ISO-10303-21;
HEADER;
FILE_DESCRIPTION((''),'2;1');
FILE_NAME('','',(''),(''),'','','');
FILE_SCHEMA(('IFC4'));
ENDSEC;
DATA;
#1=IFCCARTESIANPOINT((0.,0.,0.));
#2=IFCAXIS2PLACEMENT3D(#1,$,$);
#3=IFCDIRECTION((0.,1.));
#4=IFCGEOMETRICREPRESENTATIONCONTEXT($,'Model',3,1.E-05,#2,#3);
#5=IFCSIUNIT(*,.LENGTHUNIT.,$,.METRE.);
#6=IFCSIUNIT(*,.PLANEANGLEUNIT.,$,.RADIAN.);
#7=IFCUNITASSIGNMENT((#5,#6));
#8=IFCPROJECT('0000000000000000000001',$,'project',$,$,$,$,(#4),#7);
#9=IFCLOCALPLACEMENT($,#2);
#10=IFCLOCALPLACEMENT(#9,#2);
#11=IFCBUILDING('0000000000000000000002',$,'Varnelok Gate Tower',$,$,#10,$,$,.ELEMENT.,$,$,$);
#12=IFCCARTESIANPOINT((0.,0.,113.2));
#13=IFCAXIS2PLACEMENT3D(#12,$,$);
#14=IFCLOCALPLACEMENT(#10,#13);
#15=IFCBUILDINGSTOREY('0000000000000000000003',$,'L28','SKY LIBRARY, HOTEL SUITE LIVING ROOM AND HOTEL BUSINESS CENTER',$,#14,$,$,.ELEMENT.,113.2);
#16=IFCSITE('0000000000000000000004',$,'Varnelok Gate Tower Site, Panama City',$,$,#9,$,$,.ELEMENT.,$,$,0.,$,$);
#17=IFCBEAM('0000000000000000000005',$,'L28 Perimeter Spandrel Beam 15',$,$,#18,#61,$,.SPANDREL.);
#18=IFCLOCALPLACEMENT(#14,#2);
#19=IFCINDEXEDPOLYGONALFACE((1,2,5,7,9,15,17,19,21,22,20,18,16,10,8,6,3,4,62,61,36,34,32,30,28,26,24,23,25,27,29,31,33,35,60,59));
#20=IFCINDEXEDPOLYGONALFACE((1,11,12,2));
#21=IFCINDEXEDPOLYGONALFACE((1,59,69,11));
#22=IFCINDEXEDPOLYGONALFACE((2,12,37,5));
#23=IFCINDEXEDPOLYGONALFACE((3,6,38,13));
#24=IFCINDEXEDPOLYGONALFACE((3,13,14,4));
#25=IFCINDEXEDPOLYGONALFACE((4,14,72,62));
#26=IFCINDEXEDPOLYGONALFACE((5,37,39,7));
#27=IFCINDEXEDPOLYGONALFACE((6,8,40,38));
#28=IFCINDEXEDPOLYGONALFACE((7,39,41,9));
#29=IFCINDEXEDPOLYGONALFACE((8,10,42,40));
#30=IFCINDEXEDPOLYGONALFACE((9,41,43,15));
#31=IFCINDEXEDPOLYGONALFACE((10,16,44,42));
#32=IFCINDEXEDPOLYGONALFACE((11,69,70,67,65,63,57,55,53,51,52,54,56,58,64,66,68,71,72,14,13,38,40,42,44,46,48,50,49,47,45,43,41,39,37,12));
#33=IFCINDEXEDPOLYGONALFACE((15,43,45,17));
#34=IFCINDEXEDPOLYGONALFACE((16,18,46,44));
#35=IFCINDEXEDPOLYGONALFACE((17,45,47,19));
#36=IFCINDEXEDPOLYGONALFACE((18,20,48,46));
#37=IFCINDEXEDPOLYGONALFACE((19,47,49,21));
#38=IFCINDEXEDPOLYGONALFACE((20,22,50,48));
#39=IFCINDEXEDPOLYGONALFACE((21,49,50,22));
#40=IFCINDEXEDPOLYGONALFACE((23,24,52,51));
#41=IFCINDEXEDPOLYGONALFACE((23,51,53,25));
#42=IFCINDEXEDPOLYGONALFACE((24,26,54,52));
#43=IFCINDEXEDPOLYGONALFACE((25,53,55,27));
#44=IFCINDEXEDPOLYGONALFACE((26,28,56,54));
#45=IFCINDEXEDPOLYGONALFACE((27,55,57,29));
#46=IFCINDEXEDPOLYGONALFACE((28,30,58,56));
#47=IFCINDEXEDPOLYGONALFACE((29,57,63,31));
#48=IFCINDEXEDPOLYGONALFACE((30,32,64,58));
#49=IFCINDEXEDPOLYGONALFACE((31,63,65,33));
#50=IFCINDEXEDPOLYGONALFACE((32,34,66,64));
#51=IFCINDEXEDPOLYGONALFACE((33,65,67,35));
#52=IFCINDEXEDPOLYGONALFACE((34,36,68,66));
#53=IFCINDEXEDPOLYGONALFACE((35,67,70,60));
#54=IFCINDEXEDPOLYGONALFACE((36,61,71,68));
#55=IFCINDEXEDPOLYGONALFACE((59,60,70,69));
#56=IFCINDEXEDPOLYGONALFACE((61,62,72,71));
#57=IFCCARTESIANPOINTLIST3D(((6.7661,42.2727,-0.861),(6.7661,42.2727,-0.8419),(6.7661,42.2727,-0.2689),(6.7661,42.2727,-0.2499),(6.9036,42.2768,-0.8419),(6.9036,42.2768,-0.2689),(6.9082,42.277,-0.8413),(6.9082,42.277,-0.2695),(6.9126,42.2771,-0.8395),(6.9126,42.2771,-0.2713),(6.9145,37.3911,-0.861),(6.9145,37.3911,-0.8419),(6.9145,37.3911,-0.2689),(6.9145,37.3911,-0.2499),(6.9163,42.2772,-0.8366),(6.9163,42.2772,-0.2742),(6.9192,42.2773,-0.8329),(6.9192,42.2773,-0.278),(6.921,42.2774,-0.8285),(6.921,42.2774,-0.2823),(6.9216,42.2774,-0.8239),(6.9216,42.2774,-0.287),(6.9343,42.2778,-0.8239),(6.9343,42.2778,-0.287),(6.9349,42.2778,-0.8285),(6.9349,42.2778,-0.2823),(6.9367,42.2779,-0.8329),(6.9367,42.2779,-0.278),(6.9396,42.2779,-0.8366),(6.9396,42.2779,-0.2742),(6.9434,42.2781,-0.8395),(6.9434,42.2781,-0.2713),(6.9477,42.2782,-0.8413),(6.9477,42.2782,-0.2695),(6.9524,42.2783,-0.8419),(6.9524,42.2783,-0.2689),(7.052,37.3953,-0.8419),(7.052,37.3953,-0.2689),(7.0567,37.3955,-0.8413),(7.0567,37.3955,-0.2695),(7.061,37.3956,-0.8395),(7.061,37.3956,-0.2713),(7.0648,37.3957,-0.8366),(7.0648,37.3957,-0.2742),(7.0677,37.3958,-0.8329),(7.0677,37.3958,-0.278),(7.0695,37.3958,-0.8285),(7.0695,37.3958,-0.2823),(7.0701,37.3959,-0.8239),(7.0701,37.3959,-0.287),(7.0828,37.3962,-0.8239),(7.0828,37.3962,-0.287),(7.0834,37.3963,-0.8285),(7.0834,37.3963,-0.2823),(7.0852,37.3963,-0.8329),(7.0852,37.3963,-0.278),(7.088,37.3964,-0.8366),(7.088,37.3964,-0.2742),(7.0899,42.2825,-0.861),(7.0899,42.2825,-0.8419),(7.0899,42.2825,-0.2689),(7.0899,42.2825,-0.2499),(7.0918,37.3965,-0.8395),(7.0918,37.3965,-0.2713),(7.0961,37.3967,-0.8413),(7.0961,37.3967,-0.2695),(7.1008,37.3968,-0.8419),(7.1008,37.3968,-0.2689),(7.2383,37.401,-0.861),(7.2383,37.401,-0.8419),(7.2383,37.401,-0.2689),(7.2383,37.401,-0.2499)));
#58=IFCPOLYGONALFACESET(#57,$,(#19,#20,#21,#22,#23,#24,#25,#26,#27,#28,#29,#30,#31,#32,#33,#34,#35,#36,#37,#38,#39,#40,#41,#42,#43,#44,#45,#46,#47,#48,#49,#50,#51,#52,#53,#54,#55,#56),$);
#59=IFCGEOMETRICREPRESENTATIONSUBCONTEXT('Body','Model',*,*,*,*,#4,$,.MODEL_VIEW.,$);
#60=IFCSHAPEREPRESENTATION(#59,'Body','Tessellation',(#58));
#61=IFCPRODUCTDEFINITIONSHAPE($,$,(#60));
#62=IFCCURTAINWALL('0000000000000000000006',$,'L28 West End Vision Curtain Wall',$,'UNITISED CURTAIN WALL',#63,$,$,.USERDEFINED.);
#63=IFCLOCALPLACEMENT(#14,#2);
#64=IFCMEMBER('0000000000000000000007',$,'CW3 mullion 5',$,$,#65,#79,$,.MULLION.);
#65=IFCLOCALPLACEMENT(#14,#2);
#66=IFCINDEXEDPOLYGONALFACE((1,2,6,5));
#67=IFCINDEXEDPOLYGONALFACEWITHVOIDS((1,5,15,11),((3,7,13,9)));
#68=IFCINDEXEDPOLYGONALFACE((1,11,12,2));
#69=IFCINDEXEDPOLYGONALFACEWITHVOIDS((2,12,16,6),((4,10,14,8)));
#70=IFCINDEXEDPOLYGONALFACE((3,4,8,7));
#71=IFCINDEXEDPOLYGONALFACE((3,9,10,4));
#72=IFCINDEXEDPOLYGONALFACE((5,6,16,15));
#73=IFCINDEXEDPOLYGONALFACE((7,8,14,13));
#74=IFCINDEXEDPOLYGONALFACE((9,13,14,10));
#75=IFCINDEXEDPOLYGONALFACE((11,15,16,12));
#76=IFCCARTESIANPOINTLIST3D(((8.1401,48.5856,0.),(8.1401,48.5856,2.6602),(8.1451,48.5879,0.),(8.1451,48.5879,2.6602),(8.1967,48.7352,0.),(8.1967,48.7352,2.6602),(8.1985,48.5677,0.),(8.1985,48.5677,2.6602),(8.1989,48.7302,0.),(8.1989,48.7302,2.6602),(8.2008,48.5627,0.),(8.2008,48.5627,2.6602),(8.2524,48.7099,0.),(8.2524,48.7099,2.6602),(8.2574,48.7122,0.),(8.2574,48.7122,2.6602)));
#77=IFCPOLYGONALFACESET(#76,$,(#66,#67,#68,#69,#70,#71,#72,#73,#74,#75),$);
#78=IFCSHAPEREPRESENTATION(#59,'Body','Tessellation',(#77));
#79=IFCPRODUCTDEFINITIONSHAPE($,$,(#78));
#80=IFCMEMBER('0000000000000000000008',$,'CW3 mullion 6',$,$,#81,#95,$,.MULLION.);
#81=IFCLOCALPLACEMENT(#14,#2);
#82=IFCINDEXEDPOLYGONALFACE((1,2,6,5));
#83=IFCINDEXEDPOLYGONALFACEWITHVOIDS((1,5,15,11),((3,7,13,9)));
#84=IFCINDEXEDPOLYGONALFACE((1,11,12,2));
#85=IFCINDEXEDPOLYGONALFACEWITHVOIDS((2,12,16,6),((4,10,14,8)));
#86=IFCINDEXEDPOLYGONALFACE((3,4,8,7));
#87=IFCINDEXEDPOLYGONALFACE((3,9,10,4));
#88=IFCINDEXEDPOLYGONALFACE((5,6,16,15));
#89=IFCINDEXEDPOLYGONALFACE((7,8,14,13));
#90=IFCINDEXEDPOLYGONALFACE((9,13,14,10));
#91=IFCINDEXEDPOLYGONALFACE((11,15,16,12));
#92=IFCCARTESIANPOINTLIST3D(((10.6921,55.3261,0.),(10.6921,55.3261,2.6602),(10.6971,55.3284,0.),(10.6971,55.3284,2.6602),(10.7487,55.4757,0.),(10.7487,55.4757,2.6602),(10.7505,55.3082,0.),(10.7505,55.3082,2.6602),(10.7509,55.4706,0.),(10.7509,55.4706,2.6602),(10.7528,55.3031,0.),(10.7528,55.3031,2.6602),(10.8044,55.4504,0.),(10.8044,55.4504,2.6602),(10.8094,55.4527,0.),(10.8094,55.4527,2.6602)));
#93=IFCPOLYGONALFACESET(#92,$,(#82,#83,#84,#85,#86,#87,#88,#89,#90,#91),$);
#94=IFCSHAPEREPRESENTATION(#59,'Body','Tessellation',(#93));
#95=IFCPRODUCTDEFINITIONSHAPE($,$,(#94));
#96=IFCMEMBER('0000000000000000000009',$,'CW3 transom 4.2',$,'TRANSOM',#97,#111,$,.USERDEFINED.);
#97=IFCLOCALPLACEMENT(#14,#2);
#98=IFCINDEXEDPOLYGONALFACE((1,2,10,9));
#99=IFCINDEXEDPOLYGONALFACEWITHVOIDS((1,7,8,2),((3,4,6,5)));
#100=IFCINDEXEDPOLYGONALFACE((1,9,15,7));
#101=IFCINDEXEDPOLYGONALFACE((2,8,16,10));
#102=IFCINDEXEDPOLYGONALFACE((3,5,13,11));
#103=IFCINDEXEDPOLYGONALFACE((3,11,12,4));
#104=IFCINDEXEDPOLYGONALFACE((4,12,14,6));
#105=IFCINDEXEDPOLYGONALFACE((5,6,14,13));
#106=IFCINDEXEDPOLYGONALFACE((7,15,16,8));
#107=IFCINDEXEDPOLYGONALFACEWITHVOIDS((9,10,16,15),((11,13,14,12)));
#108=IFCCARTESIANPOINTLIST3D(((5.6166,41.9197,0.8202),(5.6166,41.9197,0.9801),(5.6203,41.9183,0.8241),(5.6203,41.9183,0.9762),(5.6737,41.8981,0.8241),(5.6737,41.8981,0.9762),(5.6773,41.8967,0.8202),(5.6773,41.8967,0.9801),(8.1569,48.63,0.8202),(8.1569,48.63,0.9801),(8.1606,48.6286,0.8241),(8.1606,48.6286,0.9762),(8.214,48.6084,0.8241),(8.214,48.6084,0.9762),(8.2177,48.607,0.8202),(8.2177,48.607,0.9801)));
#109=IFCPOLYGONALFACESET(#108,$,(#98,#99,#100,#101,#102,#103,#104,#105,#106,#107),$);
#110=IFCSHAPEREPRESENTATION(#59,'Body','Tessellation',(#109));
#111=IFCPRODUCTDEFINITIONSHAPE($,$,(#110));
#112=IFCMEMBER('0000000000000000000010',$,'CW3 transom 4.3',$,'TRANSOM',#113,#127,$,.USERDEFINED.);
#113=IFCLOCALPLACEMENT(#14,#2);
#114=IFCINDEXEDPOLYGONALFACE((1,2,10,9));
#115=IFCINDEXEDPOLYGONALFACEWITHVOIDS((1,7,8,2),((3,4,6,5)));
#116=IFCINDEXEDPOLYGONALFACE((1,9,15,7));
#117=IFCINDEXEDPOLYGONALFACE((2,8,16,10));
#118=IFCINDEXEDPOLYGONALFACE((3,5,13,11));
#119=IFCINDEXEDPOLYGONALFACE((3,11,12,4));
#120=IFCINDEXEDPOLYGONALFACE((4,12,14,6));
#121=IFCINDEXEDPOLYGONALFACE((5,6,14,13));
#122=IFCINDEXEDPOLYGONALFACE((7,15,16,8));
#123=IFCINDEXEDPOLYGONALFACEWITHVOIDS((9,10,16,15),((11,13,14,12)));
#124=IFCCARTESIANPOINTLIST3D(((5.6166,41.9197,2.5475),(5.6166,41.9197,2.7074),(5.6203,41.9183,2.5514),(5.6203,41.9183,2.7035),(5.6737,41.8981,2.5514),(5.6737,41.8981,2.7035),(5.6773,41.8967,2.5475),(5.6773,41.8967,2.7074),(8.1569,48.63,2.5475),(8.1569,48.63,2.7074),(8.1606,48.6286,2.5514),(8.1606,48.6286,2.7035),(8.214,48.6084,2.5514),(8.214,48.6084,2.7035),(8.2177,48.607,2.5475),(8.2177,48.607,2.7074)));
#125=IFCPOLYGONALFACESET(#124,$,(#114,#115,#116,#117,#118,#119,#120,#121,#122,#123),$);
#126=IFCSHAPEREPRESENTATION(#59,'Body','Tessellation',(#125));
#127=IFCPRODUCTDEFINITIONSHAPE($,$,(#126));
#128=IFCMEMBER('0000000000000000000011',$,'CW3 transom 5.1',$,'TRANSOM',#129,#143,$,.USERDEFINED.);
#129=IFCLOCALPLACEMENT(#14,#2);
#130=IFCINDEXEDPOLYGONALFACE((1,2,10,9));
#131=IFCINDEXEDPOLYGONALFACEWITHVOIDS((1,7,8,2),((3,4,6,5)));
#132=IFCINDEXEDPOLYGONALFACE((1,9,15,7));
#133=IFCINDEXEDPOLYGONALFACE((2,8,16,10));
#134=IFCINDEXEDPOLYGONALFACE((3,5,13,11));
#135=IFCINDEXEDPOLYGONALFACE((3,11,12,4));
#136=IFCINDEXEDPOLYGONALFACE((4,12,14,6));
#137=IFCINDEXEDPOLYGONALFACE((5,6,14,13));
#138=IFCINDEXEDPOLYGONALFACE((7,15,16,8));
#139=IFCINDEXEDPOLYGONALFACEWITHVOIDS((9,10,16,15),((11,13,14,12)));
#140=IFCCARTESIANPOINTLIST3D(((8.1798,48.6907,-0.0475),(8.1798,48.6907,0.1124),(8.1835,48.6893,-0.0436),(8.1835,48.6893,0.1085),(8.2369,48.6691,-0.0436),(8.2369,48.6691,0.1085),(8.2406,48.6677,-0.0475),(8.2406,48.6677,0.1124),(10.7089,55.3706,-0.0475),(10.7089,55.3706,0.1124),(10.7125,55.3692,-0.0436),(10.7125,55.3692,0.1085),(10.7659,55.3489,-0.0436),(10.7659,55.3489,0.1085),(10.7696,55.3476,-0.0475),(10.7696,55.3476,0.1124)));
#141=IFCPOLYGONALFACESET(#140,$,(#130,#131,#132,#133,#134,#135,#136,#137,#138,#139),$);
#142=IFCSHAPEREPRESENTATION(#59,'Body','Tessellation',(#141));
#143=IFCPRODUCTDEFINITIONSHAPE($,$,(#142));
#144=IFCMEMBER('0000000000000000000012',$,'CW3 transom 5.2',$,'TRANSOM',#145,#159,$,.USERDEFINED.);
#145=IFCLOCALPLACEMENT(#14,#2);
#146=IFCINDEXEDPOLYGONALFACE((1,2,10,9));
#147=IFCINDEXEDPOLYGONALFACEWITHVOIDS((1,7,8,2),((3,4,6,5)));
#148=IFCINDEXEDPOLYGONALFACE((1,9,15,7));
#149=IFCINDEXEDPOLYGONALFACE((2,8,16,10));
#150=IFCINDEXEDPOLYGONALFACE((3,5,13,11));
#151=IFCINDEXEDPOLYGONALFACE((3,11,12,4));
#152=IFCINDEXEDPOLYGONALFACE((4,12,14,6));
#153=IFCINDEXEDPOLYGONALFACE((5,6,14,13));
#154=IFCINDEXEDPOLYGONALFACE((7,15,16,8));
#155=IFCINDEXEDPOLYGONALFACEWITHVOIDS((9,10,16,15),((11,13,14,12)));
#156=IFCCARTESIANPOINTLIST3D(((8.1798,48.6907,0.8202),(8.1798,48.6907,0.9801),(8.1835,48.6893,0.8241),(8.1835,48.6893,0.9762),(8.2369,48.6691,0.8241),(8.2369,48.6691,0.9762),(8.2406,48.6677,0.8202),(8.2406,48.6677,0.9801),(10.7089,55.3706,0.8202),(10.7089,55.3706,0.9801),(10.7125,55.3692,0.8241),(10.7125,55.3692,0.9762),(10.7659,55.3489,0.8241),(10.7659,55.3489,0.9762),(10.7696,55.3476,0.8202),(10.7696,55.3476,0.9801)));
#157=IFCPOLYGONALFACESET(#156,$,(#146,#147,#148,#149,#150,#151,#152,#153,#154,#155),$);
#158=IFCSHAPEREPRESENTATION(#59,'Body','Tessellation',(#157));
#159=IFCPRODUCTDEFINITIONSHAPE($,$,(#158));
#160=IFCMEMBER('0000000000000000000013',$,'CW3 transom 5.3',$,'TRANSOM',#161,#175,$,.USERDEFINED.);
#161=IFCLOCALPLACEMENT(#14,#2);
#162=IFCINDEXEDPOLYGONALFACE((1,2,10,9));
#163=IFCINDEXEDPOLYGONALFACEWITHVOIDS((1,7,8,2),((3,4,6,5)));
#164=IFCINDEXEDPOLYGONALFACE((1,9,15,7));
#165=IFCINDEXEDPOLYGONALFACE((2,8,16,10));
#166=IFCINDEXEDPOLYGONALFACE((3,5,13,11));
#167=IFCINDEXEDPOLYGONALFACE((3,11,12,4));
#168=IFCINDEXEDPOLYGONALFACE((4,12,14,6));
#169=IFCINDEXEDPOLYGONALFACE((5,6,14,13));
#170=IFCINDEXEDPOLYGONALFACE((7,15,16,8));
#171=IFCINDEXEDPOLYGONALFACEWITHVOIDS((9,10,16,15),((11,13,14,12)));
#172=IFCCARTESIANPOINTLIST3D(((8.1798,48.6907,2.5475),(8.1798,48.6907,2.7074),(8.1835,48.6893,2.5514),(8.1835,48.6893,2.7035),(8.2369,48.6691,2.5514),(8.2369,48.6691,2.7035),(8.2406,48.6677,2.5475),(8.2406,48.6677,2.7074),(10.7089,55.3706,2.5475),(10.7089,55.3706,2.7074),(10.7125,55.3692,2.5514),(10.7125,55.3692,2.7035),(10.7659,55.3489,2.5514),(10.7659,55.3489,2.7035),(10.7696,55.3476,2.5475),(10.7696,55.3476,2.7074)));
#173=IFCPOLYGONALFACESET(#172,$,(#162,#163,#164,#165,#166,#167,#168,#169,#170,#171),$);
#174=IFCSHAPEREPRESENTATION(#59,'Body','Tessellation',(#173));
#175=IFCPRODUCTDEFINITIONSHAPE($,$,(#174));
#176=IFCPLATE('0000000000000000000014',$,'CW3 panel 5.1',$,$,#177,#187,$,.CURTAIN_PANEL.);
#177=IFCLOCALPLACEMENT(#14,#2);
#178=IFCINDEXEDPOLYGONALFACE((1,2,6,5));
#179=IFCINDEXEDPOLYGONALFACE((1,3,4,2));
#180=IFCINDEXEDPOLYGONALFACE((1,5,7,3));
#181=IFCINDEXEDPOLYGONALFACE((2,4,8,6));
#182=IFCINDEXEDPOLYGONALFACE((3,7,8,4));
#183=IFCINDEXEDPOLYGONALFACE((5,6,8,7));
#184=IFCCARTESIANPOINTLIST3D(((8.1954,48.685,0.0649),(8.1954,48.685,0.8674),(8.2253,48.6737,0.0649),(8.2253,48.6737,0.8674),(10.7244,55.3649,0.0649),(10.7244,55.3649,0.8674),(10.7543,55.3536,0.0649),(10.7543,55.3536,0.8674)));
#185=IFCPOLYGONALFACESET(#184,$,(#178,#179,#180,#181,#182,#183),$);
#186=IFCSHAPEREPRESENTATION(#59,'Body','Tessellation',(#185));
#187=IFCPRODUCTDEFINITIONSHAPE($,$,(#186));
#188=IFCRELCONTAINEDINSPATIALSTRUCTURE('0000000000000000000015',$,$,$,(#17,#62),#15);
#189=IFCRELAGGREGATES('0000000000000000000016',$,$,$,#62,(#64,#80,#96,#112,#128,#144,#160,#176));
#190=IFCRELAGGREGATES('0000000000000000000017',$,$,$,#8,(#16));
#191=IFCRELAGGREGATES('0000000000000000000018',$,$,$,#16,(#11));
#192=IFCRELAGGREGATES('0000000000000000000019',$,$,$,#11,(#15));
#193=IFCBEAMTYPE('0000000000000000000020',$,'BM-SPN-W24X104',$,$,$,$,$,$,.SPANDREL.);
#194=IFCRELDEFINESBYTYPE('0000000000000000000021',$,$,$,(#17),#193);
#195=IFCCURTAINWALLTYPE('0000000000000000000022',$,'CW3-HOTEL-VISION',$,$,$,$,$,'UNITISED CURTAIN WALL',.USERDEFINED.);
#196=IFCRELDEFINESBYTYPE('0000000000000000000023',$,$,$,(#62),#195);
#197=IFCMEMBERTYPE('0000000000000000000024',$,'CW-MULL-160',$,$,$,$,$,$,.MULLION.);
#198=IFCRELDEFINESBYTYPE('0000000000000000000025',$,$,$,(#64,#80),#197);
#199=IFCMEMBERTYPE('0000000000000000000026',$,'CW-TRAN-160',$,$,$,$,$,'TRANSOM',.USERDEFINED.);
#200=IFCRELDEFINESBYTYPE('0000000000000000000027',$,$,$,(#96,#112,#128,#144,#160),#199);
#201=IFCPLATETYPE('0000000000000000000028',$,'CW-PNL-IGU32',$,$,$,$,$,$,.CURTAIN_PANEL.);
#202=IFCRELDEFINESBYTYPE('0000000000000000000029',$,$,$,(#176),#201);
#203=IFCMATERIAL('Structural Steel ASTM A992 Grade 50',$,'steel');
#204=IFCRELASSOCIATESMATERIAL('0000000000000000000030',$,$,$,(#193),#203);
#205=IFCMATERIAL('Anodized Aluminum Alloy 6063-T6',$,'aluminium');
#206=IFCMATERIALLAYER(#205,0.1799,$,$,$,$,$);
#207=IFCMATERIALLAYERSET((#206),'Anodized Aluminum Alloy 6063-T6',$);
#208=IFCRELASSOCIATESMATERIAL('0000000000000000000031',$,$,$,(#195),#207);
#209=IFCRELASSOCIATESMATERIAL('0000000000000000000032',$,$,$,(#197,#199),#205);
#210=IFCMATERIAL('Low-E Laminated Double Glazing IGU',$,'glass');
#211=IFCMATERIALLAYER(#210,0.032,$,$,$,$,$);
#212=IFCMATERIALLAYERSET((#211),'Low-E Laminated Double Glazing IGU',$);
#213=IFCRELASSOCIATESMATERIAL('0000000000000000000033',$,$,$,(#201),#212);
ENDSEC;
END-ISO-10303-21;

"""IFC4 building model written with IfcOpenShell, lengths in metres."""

from ifc_helpers import new_model, si_unit, direction, frame, origin, origin_2d, place, context, subcontext, project, spatial, rectangle, hollow_rectangle, i_section, extrude, source, transform, mapped, material, layer, layer_set, material_profile, profile_set, type_object, element, aggregate, save


model = new_model("IFC4")

# Units and contexts
model_context = context("Model", 3, precision=1e-05, world=origin(), true_north=direction((0.0, 1.0)))
body_context = subcontext(model_context, "Body", "Model", "MODEL_VIEW")
ifc_project = project(units=[si_unit("LENGTHUNIT", "METRE"), si_unit("PLANEANGLEUNIT", "RADIAN")], contexts=[model_context])

# Site, building, storey
site_placement = place(None, origin())
site = spatial("IfcSite", under=ifc_project, at=site_placement, Name="Varnelok Gate Tower Site, Panama City", CompositionType="ELEMENT", RefElevation=0.0)
building_placement = place(site_placement, origin())
building = spatial("IfcBuilding", under=site, at=building_placement, Name="Varnelok Gate Tower", CompositionType="ELEMENT")
storey_placement = place(building_placement, frame((0.0, 0.0, 113.2)))
storey = spatial("IfcBuildingStorey", under=building, at=storey_placement, Name="L28", Description="SKY LIBRARY, HOTEL SUITE LIVING ROOM AND HOTEL BUSINESS CENTER", CompositionType="ELEMENT", Elevation=113.2)

# Shared definitions
ifc_material_1 = material(Name="Structural Steel ASTM A992 Grade 50", Category="steel")

# Beam
ifc_material_profile_1 = material_profile(ifc_material_1, i_section(OverallWidth=0.324, OverallDepth=0.6111, WebThickness=0.0127, FlangeThickness=0.019, FilletRadius=0.0181, at=origin_2d()), Name="W24X104")
ifc_profile_set_1 = profile_set([ifc_material_profile_1], Name="Structural Steel ASTM A992 Grade 50")
beam_type_1 = type_object("IfcBeamType", Name="BM-SPN-W24X104", PredefinedType="SPANDREL", material=ifc_profile_set_1)
beam_1_placement = place(storey_placement, frame((6.928, 42.2776, -0.5554), z_axis=(0.030394, -0.999538, 0.0), x_axis=(0.999538, 0.030394, 0.0)))
element("IfcBeam", 1, at=beam_1_placement, inside=storey, type_object=beam_type_1, Name="L28 Perimeter Spandrel Beam 15", PredefinedType="SPANDREL", context=body_context, shape_type="SweptSolid", body=[
    extrude(i_section(OverallWidth=0.324, OverallDepth=0.6111, WebThickness=0.0127, FlangeThickness=0.019, FilletRadius=0.0181, at=origin_2d()), origin(), (0.0, 0.0, 1.0), 4.8838),
])

# Curtain wall, members, plate
ifc_material_2 = material(Name="Anodized Aluminum Alloy 6063-T6", Category="aluminium")
ifc_layer_1 = layer(ifc_material_2, 0.1799)
ifc_layer_set_1 = layer_set([ifc_layer_1], Name="Anodized Aluminum Alloy 6063-T6")
curtain_wall_type = type_object("IfcCurtainWallType", Name="CW3-HOTEL-VISION", ElementType="UNITISED CURTAIN WALL", PredefinedType="USERDEFINED", material=ifc_layer_set_1)
curtain_wall_placement = place(storey_placement, origin())
curtain_wall = element("IfcCurtainWall", 2, at=curtain_wall_placement, inside=storey, type_object=curtain_wall_type, Name="L28 West End Vision Curtain Wall", ObjectType="UNITISED CURTAIN WALL", PredefinedType="USERDEFINED")
ifc_material_profile_2 = material_profile(ifc_material_2, hollow_rectangle(XDim=0.0649, YDim=0.1599, WallThickness=0.0039, at=origin_2d()), Name="ALU160X65X4")
ifc_profile_set_2 = profile_set([ifc_material_profile_2], Name="Anodized Aluminum Alloy 6063-T6")
member_type_1 = type_object("IfcMemberType", Name="CW-MULL-160", PredefinedType="MULLION", material=ifc_profile_set_2)
member_1_placement = place(storey_placement, frame((8.1987, 48.6489, 0.0), z_axis=(0.0, 0.0, 1.0), x_axis=(-0.935221, 0.354064, 0.0)))
member_1 = element("IfcMember", 3, at=member_1_placement, type_object=member_type_1, Name="CW3 mullion 5", PredefinedType="MULLION", context=body_context, shape_type="SweptSolid", body=[
    extrude(hollow_rectangle(XDim=0.0649, YDim=0.1599, WallThickness=0.0039, at=origin_2d()), origin(), (0.0, 0.0, 1.0), 2.6602),
])
member_2_placement = place(storey_placement, frame((10.7507, 55.3894, 0.0), z_axis=(0.0, 0.0, 1.0), x_axis=(-0.935221, 0.354064, 0.0)))
member_2 = element("IfcMember", 4, at=member_2_placement, type_object=member_type_1, Name="CW3 mullion 6", PredefinedType="MULLION", context=body_context, shape_type="SweptSolid", body=[
    extrude(hollow_rectangle(XDim=0.0649, YDim=0.1599, WallThickness=0.0039, at=origin_2d()), origin(), (0.0, 0.0, 1.0), 2.6602),
])
ifc_material_profile_3 = material_profile(ifc_material_2, hollow_rectangle(XDim=0.0649, YDim=0.1599, WallThickness=0.0039, at=origin_2d()), Name="ALU160X65X4")
ifc_profile_set_3 = profile_set([ifc_material_profile_3], Name="Anodized Aluminum Alloy 6063-T6")
member_type_2 = type_object("IfcMemberType", Name="CW-TRAN-160", ElementType="TRANSOM", PredefinedType="USERDEFINED", material=ifc_profile_set_3)
member_3_placement = place(storey_placement, frame((5.647, 41.9082, 0.9001), z_axis=(0.354049, 0.935227, 0.0), x_axis=(-0.935227, 0.354049, 0.0)))
member_3 = element("IfcMember", 5, at=member_3_placement, type_object=member_type_2, Name="CW3 transom 4.2", ObjectType="TRANSOM", PredefinedType="USERDEFINED", context=body_context, shape_type="SweptSolid", body=[
    extrude(hollow_rectangle(XDim=0.0649, YDim=0.1599, WallThickness=0.0039, at=origin_2d()), origin(), (0.0, 0.0, 1.0), 7.175),
])
member_4_placement = place(storey_placement, frame((5.647, 41.9082, 2.6274), z_axis=(0.354049, 0.935227, 0.0), x_axis=(-0.935227, 0.354049, 0.0)))
member_4 = element("IfcMember", 6, at=member_4_placement, type_object=member_type_2, Name="CW3 transom 4.3", ObjectType="TRANSOM", PredefinedType="USERDEFINED", context=body_context, shape_type="SweptSolid", body=[
    extrude(hollow_rectangle(XDim=0.0649, YDim=0.1599, WallThickness=0.0039, at=origin_2d()), origin(), (0.0, 0.0, 1.0), 7.175),
])
member_5_placement = place(storey_placement, frame((8.2102, 48.6792, 0.0325), z_axis=(0.354077, 0.935216, 0.0), x_axis=(-0.935216, 0.354077, 0.0)))
member_5 = element("IfcMember", 7, at=member_5_placement, type_object=member_type_2, Name="CW3 transom 5.1", ObjectType="TRANSOM", PredefinedType="USERDEFINED", context=body_context, shape_type="SweptSolid", body=[
    extrude(hollow_rectangle(XDim=0.0649, YDim=0.1599, WallThickness=0.0039, at=origin_2d()), origin(), (0.0, 0.0, 1.0), 7.1426),
])
member_6_placement = place(storey_placement, frame((8.2102, 48.6792, 0.9001), z_axis=(0.354077, 0.935216, 0.0), x_axis=(-0.935216, 0.354077, 0.0)))
member_6 = element("IfcMember", 8, at=member_6_placement, type_object=member_type_2, Name="CW3 transom 5.2", ObjectType="TRANSOM", PredefinedType="USERDEFINED", context=body_context, shape_type="SweptSolid", body=[
    extrude(hollow_rectangle(XDim=0.0649, YDim=0.1599, WallThickness=0.0039, at=origin_2d()), origin(), (0.0, 0.0, 1.0), 7.1426),
])
member_7_placement = place(storey_placement, frame((8.2102, 48.6792, 2.6274), z_axis=(0.354077, 0.935216, 0.0), x_axis=(-0.935216, 0.354077, 0.0)))
member_7 = element("IfcMember", 9, at=member_7_placement, type_object=member_type_2, Name="CW3 transom 5.3", ObjectType="TRANSOM", PredefinedType="USERDEFINED", context=body_context, shape_type="SweptSolid", body=[
    extrude(hollow_rectangle(XDim=0.0649, YDim=0.1599, WallThickness=0.0039, at=origin_2d()), origin(), (0.0, 0.0, 1.0), 7.1426),
])
ifc_material_3 = material(Name="Low-E Laminated Double Glazing IGU", Category="glass")
ifc_layer_2 = layer(ifc_material_3, 0.032)
ifc_layer_set_2 = layer_set([ifc_layer_2], Name="Low-E Laminated Double Glazing IGU")
plate_type = type_object("IfcPlateType", Name="CW-PNL-IGU32", PredefinedType="CURTAIN_PANEL", material=ifc_layer_set_2)
shared_shape_1 = source(origin(), body_context, "Body", "SweptSolid", [
    extrude(rectangle(XDim=7.1426, YDim=0.032, at=origin_2d()), origin(), (0.0, 0.0, 1.0), 0.8025),
])
plate_1_placement = place(storey_placement, frame((9.4749, 52.0193, 0.0649), z_axis=(0.0, 0.0, 1.0), x_axis=(0.354064, 0.935221, 0.0)))
plate_1 = element("IfcPlate", 10, at=plate_1_placement, type_object=plate_type, Name="CW3 panel 5.1", PredefinedType="CURTAIN_PANEL", context=body_context, shape_type="MappedRepresentation", body=[
    mapped(shared_shape_1, transform((0.0, 0.0, 0.0), scale=1.0)),
])
aggregate(curtain_wall, [member_1, member_2, member_3, member_4, member_5, member_6, member_7, plate_1])

save(model, "model.ifc")
